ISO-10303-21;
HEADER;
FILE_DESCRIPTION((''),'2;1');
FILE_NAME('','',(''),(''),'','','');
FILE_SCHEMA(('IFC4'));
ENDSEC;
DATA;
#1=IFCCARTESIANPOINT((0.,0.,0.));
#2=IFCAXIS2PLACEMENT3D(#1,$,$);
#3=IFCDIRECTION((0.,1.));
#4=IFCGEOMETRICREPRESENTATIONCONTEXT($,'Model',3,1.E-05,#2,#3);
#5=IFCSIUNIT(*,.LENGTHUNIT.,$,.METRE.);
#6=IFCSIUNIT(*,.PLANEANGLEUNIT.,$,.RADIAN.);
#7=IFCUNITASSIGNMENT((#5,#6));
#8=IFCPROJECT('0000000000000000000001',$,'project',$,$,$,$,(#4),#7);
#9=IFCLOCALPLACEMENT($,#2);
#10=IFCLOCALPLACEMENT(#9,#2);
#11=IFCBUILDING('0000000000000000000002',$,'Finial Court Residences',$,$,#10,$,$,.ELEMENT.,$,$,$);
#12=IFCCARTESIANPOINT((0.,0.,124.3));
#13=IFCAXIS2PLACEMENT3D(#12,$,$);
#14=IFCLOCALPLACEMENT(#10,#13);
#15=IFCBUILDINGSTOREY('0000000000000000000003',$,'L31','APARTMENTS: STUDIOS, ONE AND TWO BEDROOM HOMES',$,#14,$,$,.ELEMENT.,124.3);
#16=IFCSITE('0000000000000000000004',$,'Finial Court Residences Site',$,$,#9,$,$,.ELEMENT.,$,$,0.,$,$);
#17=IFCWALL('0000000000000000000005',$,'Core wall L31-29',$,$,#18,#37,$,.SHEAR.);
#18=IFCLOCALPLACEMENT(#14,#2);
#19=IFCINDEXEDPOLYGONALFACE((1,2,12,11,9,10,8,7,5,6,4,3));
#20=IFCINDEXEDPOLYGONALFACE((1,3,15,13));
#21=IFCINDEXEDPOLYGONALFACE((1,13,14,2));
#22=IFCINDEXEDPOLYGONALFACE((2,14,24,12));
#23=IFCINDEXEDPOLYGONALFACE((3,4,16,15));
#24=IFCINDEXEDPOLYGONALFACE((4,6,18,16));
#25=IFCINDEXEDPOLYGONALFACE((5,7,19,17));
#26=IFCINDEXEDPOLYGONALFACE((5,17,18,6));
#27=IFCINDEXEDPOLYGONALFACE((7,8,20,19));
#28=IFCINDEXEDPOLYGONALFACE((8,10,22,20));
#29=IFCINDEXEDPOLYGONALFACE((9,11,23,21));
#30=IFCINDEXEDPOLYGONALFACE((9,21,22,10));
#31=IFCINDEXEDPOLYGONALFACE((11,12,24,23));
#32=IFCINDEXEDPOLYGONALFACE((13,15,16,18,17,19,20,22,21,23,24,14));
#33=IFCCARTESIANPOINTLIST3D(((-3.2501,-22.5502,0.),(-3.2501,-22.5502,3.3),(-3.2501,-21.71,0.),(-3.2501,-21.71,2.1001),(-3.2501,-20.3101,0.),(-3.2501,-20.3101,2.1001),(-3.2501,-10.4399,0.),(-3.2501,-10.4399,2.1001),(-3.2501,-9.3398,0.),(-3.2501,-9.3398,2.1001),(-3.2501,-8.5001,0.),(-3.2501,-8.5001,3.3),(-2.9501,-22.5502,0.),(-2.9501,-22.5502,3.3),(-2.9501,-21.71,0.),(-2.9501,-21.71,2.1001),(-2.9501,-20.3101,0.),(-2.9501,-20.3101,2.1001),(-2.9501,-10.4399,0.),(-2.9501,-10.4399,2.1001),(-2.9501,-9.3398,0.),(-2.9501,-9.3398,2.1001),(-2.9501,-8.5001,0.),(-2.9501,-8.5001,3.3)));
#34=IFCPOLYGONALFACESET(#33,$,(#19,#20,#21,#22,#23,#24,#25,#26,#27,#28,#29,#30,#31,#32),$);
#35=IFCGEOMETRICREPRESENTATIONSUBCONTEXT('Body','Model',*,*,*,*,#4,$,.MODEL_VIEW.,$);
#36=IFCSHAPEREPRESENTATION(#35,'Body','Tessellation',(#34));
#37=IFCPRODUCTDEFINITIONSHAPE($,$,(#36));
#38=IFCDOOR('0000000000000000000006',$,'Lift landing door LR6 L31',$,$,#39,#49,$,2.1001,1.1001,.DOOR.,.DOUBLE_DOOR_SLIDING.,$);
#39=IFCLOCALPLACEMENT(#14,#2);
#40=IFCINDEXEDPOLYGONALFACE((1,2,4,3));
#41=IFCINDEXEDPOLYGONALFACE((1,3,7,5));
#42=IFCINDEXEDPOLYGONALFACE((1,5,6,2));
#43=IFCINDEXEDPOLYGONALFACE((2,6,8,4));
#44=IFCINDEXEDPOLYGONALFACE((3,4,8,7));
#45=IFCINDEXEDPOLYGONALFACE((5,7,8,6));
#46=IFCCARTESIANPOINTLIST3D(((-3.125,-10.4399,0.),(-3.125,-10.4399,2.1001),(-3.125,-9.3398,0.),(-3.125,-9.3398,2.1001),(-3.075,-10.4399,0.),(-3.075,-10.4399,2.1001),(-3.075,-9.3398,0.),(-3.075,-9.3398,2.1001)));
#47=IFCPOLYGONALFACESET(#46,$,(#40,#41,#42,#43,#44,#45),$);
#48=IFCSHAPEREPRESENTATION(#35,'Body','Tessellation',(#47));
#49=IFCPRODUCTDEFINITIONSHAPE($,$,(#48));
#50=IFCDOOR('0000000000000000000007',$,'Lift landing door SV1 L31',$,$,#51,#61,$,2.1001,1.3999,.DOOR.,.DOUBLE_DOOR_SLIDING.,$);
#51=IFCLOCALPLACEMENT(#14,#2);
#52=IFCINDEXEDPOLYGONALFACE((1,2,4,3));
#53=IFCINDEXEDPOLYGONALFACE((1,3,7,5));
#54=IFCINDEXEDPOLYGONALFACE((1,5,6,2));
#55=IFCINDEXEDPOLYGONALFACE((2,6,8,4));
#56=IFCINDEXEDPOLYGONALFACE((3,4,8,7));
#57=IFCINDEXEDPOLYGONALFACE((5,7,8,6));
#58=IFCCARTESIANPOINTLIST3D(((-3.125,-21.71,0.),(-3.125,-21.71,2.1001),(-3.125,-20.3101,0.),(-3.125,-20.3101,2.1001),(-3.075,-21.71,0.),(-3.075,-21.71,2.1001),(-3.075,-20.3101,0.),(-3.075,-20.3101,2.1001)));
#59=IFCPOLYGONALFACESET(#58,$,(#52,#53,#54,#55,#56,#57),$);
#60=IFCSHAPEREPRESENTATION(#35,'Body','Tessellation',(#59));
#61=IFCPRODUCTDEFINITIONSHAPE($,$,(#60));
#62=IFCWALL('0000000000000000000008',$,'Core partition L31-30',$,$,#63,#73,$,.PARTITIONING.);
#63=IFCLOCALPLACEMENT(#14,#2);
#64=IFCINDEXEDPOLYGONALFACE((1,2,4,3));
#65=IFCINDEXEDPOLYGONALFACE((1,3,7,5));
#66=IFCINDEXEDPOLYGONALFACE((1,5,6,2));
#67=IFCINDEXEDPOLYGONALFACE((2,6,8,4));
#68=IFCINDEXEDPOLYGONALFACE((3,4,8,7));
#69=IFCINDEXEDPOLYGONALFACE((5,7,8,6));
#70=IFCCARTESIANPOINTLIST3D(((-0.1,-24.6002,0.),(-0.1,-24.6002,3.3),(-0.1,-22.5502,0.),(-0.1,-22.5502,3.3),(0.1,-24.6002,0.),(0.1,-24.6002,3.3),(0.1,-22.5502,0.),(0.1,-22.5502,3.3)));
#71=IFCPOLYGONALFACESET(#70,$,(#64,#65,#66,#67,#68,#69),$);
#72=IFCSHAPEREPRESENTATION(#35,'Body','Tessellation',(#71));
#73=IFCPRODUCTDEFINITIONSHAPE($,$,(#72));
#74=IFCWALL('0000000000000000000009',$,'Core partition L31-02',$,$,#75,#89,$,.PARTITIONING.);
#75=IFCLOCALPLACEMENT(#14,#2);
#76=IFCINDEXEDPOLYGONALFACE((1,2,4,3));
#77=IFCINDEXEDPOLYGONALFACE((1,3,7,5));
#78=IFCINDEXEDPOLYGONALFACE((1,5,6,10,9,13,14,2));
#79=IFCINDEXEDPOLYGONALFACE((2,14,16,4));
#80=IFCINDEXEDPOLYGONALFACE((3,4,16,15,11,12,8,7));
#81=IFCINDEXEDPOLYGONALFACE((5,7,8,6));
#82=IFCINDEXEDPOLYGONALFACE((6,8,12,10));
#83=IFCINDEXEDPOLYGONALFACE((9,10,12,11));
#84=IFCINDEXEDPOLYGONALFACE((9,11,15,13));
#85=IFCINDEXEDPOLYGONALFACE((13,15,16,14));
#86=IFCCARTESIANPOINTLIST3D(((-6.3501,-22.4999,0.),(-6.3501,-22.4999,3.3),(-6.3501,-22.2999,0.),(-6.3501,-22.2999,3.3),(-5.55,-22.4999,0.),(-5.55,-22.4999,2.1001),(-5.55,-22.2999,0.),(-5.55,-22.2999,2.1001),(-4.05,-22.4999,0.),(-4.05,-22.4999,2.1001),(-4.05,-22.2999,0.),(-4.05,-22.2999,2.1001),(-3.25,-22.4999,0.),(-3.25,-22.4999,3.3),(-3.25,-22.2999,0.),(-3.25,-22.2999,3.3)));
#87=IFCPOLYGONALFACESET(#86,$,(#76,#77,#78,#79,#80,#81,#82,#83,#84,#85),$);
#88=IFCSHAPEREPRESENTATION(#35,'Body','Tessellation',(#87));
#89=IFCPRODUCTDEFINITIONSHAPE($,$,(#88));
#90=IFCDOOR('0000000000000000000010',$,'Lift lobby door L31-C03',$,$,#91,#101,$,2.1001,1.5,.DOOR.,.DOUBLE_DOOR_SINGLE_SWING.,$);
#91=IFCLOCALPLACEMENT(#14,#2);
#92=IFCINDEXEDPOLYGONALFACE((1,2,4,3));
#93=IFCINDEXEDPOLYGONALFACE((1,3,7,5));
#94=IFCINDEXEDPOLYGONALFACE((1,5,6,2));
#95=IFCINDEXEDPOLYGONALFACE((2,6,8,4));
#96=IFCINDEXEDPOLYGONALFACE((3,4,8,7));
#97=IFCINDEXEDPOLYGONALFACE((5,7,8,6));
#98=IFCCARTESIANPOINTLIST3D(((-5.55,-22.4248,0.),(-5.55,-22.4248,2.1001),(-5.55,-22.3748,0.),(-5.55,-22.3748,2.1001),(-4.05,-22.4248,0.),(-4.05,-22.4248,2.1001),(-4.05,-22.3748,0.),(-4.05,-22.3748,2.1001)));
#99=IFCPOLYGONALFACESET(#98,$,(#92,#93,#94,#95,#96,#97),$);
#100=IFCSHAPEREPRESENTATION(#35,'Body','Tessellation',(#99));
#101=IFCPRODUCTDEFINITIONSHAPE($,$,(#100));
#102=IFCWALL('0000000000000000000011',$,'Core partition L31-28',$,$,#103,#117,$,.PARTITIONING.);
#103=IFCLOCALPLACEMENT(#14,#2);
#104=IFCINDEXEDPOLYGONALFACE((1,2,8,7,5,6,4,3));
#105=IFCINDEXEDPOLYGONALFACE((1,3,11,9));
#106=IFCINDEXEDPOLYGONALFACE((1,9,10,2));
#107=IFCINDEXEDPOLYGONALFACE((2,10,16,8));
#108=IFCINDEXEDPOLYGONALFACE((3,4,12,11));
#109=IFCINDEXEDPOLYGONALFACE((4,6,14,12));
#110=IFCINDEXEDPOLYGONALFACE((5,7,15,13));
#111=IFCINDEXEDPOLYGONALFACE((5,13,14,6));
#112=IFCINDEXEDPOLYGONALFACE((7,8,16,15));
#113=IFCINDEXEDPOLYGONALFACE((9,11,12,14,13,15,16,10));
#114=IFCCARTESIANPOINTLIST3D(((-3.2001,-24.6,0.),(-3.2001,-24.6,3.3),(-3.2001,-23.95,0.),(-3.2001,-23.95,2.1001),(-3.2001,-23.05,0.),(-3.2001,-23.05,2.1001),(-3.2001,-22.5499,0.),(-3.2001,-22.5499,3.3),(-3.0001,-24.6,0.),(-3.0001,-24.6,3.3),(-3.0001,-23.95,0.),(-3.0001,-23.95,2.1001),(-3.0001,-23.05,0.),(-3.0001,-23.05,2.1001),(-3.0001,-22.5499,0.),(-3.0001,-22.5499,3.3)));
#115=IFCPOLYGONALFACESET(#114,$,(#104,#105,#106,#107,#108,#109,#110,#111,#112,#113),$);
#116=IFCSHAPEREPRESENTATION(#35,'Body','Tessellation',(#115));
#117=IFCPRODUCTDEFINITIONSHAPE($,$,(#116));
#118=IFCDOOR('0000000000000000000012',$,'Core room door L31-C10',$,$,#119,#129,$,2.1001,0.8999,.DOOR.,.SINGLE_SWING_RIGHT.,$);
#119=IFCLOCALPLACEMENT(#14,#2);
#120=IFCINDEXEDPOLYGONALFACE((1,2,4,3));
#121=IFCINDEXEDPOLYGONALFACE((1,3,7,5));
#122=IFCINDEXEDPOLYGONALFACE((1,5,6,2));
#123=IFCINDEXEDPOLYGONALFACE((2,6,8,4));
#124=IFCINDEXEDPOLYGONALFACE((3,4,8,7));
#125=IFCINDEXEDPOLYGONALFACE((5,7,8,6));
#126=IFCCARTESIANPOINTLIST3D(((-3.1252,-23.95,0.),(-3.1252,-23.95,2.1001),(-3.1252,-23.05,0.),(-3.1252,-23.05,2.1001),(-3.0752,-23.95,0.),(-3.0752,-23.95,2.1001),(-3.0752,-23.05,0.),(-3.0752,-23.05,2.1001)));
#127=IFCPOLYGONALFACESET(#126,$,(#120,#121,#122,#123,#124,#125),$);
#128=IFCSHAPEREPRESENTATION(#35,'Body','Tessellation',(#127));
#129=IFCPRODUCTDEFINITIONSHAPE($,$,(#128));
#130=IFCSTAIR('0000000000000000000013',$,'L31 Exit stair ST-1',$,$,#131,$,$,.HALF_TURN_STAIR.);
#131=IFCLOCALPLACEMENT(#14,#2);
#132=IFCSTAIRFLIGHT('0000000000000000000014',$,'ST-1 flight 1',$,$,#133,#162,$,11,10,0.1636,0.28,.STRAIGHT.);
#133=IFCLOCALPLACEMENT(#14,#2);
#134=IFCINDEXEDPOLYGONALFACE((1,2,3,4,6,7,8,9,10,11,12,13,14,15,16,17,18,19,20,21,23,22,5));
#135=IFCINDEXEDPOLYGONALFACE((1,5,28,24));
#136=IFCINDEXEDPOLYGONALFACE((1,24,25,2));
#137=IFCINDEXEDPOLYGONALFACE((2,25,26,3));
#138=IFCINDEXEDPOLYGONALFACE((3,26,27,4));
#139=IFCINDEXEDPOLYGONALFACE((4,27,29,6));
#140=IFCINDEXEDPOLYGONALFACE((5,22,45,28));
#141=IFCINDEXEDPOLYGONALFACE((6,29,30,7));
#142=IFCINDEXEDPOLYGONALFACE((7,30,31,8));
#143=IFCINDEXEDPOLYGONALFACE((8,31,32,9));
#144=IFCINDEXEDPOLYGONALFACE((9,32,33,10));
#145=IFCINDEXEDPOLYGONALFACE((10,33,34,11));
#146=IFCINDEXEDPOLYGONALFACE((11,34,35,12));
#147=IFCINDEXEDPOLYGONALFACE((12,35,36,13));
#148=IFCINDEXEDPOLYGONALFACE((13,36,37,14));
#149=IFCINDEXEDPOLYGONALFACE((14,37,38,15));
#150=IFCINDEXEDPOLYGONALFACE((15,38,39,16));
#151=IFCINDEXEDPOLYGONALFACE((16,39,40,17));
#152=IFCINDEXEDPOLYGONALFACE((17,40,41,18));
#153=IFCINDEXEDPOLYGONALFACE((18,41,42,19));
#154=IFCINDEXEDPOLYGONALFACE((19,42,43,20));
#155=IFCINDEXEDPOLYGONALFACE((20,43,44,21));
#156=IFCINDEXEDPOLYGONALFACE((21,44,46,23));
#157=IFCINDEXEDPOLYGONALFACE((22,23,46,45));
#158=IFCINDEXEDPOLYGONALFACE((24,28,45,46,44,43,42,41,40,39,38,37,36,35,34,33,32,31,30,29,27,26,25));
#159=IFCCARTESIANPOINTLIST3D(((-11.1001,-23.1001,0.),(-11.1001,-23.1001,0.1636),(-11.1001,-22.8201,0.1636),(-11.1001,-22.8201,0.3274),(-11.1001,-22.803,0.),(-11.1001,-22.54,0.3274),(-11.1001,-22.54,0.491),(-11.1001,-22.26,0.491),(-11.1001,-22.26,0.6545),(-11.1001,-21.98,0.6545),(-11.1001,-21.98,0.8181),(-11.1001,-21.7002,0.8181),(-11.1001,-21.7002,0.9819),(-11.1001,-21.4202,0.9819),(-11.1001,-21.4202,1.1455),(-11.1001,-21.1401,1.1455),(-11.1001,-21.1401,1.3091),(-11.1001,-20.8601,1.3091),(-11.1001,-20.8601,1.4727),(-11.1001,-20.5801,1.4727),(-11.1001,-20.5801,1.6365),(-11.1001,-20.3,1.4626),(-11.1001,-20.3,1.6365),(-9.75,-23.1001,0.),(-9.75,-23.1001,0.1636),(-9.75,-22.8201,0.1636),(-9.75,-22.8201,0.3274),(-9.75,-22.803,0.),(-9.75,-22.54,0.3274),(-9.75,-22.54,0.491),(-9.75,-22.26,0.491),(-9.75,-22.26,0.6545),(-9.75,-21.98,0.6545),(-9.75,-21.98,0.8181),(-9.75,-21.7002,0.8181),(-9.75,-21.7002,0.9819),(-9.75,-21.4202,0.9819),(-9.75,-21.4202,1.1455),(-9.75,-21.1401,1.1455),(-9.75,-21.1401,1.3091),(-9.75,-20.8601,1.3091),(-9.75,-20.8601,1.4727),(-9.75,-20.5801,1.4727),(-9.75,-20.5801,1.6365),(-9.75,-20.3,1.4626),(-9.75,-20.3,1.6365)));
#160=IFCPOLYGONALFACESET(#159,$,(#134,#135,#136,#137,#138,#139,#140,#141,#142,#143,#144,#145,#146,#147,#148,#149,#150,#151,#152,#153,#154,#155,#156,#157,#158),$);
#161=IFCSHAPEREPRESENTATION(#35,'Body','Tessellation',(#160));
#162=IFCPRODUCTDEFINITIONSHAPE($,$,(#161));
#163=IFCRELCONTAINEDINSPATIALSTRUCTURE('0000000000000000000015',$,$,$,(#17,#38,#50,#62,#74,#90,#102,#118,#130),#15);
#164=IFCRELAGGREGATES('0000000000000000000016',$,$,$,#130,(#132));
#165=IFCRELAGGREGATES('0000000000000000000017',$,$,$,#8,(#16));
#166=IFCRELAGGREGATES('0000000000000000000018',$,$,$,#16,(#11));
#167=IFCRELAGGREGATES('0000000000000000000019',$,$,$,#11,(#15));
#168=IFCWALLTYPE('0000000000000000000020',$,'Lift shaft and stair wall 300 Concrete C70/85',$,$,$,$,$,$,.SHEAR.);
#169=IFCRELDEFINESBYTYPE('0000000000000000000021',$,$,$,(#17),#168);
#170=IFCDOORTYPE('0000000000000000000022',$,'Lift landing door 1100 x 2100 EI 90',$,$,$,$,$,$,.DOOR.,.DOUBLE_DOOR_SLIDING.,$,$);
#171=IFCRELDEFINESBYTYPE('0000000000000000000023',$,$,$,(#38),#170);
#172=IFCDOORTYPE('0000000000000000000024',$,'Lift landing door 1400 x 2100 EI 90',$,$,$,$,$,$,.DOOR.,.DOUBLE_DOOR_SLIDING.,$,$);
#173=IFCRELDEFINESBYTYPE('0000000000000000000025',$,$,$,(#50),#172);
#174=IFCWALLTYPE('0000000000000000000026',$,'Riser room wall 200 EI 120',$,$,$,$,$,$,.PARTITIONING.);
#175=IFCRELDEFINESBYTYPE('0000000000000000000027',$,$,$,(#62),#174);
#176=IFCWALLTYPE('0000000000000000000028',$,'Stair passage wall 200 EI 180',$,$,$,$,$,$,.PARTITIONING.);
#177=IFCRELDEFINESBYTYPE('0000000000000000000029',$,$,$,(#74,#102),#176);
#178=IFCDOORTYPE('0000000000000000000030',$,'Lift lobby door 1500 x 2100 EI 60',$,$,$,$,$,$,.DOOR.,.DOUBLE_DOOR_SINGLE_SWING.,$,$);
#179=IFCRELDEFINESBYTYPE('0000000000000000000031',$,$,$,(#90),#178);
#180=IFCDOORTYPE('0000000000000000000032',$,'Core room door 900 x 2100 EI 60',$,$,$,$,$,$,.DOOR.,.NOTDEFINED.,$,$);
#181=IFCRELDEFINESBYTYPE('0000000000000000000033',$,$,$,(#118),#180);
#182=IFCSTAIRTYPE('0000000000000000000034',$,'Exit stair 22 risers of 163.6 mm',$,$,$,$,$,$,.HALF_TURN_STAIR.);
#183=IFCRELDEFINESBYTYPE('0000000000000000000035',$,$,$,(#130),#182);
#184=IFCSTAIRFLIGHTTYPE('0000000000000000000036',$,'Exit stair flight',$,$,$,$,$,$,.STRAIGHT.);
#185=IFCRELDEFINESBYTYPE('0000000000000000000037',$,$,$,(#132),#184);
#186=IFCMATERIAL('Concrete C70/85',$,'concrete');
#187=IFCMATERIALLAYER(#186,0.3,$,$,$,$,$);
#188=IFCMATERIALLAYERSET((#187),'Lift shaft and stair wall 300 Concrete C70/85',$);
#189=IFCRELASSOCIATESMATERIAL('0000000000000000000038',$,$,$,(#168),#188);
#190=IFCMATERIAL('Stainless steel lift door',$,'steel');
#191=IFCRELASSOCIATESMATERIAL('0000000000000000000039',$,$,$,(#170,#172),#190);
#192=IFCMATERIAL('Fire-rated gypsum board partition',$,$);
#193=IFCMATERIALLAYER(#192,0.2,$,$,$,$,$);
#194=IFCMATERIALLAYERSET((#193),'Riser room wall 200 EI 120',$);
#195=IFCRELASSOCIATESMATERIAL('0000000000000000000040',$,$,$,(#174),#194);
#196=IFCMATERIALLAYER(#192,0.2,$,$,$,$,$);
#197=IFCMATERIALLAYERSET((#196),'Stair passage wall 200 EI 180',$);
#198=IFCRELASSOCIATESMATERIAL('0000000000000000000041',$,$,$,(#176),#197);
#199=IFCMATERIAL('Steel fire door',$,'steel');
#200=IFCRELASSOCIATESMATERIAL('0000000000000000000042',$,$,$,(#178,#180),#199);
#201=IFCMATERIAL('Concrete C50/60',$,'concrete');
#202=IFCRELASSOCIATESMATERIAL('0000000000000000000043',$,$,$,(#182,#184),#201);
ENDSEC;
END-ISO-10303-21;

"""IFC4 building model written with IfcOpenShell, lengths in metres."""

from ifc_helpers import new_model, si_unit, direction, frame, frame_2d, origin, place, context, subcontext, project, spatial, polyline, rectangle, outline, extrude, material, layer, layer_set, type_object, element, fill, aggregate, save


model = new_model("IFC4")

# Units and contexts
model_context = context("Model", 3, precision=1e-05, world=origin(), true_north=direction((0.0, 1.0)))
body_context = subcontext(model_context, "Body", "Model", "MODEL_VIEW")
ifc_project = project(units=[si_unit("LENGTHUNIT", "METRE"), si_unit("PLANEANGLEUNIT", "RADIAN")], contexts=[model_context])

# Site, building, storey
site_placement = place(None, origin())
site = spatial("IfcSite", under=ifc_project, at=site_placement, Name="Finial Court Residences Site", CompositionType="ELEMENT", RefElevation=0.0)
building_placement = place(site_placement, origin())
building = spatial("IfcBuilding", under=site, at=building_placement, Name="Finial Court Residences", CompositionType="ELEMENT")
storey_placement = place(building_placement, frame((0.0, 0.0, 124.3)))
storey = spatial("IfcBuildingStorey", under=building, at=storey_placement, Name="L31", Description="APARTMENTS: STUDIOS, ONE AND TWO BEDROOM HOMES", CompositionType="ELEMENT", Elevation=124.3)

# Shared definitions
ifc_material_1 = material(Name="Concrete C70/85", Category="concrete")
ifc_layer_1 = layer(ifc_material_1, 0.3)
ifc_layer_set_1 = layer_set([ifc_layer_1], Name="Lift shaft and stair wall 300 Concrete C70/85")
wall_type_1 = type_object("IfcWallType", Name="Lift shaft and stair wall 300 Concrete C70/85", PredefinedType="SHEAR", material=ifc_layer_set_1)

# Shared definitions
ifc_material_2 = material(Name="Steel fire door", Category="steel")

# Wall, openings, doors
ifc_material_3 = material(Name="Stainless steel lift door", Category="steel")
door_type_1 = type_object("IfcDoorType", Name="Lift landing door 1100 x 2100 EI 90", OperationType="DOUBLE_DOOR_SLIDING", PredefinedType="DOOR", material=ifc_material_3)
wall_1_placement = place(storey_placement, frame((-3.1001, -22.55, 0.0), z_axis=(0.0, 0.0, 1.0), x_axis=(0.0, 1.0, 0.0)))
wall_1 = element("IfcWall", 1, at=wall_1_placement, inside=storey, type_object=wall_type_1, Name="Core wall L31-29", PredefinedType="SHEAR", context=body_context, shape_type="SweptSolid", body=[
    extrude(rectangle(XDim=14.05, YDim=0.3, at=frame_2d((7.0249, 0.0))), origin(), (0.0, 0.0, 1.0), 3.3),
])
opening_1_placement = place(wall_1_placement, frame((12.1101, 0.0, 0.0)))
opening_1 = element("IfcOpeningElement", 2, at=opening_1_placement, cuts=wall_1, PredefinedType="OPENING", context=body_context, shape_type="SweptSolid", body=[
    extrude(rectangle(XDim=1.1001, YDim=2.1001, at=frame_2d((0.55, 1.05))), frame((0.0, 0.1599, 0.0), z_axis=(0.0, -1.0, 0.0), x_axis=(1.0, 0.0, 0.0)), (0.0, 0.0, 1.0), 0.3201),
])
opening_2_placement = place(wall_1_placement, frame((0.8401, 0.0, 0.0)))
opening_2 = element("IfcOpeningElement", 3, at=opening_2_placement, cuts=wall_1, PredefinedType="OPENING", context=body_context, shape_type="SweptSolid", body=[
    extrude(rectangle(XDim=1.3999, YDim=2.1001, at=frame_2d((0.7, 1.05))), frame((0.0, 0.1599, 0.0), z_axis=(0.0, -1.0, 0.0), x_axis=(1.0, 0.0, 0.0)), (0.0, 0.0, 1.0), 0.3201),
])
door_1_placement = place(opening_1_placement, origin())
door_1 = element("IfcDoor", 4, at=door_1_placement, inside=storey, type_object=door_type_1, Name="Lift landing door LR6 L31", OperationType="DOUBLE_DOOR_SLIDING", OverallHeight=2.1001, OverallWidth=1.1001, PredefinedType="DOOR", context=body_context, shape_type="SweptSolid", body=[
    extrude(rectangle(XDim=1.1001, YDim=2.1001, at=frame_2d((0.55, 1.05))), frame((0.0, 0.0249, 0.0), z_axis=(0.0, -1.0, 0.0), x_axis=(1.0, 0.0, 0.0)), (0.0, 0.0, 1.0), 0.05),
])
fill(opening_1, door_1)
door_type_2 = type_object("IfcDoorType", Name="Lift landing door 1400 x 2100 EI 90", OperationType="DOUBLE_DOOR_SLIDING", PredefinedType="DOOR", material=ifc_material_3)
door_2_placement = place(opening_2_placement, origin())
door_2 = element("IfcDoor", 5, at=door_2_placement, inside=storey, type_object=door_type_2, Name="Lift landing door SV1 L31", OperationType="DOUBLE_DOOR_SLIDING", OverallHeight=2.1001, OverallWidth=1.3999, PredefinedType="DOOR", context=body_context, shape_type="SweptSolid", body=[
    extrude(rectangle(XDim=1.3999, YDim=2.1001, at=frame_2d((0.7, 1.05))), frame((0.0, 0.0249, 0.0), z_axis=(0.0, -1.0, 0.0), x_axis=(1.0, 0.0, 0.0)), (0.0, 0.0, 1.0), 0.05),
])
fill(opening_2, door_2)

# Wall
ifc_material_4 = material(Name="Fire-rated gypsum board partition")
ifc_layer_2 = layer(ifc_material_4, 0.2)
ifc_layer_set_2 = layer_set([ifc_layer_2], Name="Riser room wall 200 EI 120")
wall_type_2 = type_object("IfcWallType", Name="Riser room wall 200 EI 120", PredefinedType="PARTITIONING", material=ifc_layer_set_2)
wall_2_placement = place(storey_placement, frame((0.0, -24.6001, 0.0), z_axis=(0.0, 0.0, 1.0), x_axis=(0.0, 1.0, 0.0)))
element("IfcWall", 6, at=wall_2_placement, inside=storey, type_object=wall_type_2, Name="Core partition L31-30", PredefinedType="PARTITIONING", context=body_context, shape_type="SweptSolid", body=[
    extrude(rectangle(XDim=2.05, YDim=0.2, at=frame_2d((1.0249, 0.0))), origin(), (0.0, 0.0, 1.0), 3.3),
])

# Walls, openings, doors
ifc_layer_3 = layer(ifc_material_4, 0.2)
ifc_layer_set_3 = layer_set([ifc_layer_3], Name="Stair passage wall 200 EI 180")
wall_type_3 = type_object("IfcWallType", Name="Stair passage wall 200 EI 180", PredefinedType="PARTITIONING", material=ifc_layer_set_3)
wall_3_placement = place(storey_placement, frame((-3.25, -22.3999, 0.0), z_axis=(0.0, 0.0, 1.0), x_axis=(-1.0, 0.0, 0.0)))
wall_3 = element("IfcWall", 7, at=wall_3_placement, inside=storey, type_object=wall_type_3, Name="Core partition L31-02", PredefinedType="PARTITIONING", context=body_context, shape_type="SweptSolid", body=[
    extrude(rectangle(XDim=3.1001, YDim=0.2, at=frame_2d((1.55, 0.0))), origin(), (0.0, 0.0, 1.0), 3.3),
])
opening_3_placement = place(wall_3_placement, frame((0.8, 0.0, 0.0)))
opening_3 = element("IfcOpeningElement", 8, at=opening_3_placement, cuts=wall_3, PredefinedType="OPENING", context=body_context, shape_type="SweptSolid", body=[
    extrude(rectangle(XDim=1.5, YDim=2.1001, at=frame_2d((0.75, 1.05))), frame((0.0, 0.1099, 0.0), z_axis=(0.0, -1.0, 0.0), x_axis=(1.0, 0.0, 0.0)), (0.0, 0.0, 1.0), 0.22),
])
door_type_3 = type_object("IfcDoorType", Name="Lift lobby door 1500 x 2100 EI 60", OperationType="DOUBLE_DOOR_SINGLE_SWING", PredefinedType="DOOR", material=ifc_material_2)
door_3_placement = place(opening_3_placement, origin())
door_3 = element("IfcDoor", 9, at=door_3_placement, inside=storey, type_object=door_type_3, Name="Lift lobby door L31-C03", OperationType="DOUBLE_DOOR_SINGLE_SWING", OverallHeight=2.1001, OverallWidth=1.5, PredefinedType="DOOR", context=body_context, shape_type="SweptSolid", body=[
    extrude(rectangle(XDim=1.5, YDim=2.1001, at=frame_2d((0.75, 1.05))), frame((0.0, 0.0249, 0.0), z_axis=(0.0, -1.0, 0.0), x_axis=(1.0, 0.0, 0.0)), (0.0, 0.0, 1.0), 0.05),
])
fill(opening_3, door_3)
wall_4_placement = place(storey_placement, frame((-3.1001, -22.55, 0.0), z_axis=(0.0, 0.0, 1.0), x_axis=(0.0, -1.0, 0.0)))
wall_4 = element("IfcWall", 10, at=wall_4_placement, inside=storey, type_object=wall_type_3, Name="Core partition L31-28", PredefinedType="PARTITIONING", context=body_context, shape_type="SweptSolid", body=[
    extrude(rectangle(XDim=2.05, YDim=0.2, at=frame_2d((1.0249, 0.0))), origin(), (0.0, 0.0, 1.0), 3.3),
])
opening_4_placement = place(wall_4_placement, frame((0.5, 0.0, 0.0)))
opening_4 = element("IfcOpeningElement", 11, at=opening_4_placement, cuts=wall_4, PredefinedType="OPENING", context=body_context, shape_type="SweptSolid", body=[
    extrude(rectangle(XDim=0.8999, YDim=2.1001, at=frame_2d((0.45, 1.05))), frame((0.0, 0.1099, 0.0), z_axis=(0.0, -1.0, 0.0), x_axis=(1.0, 0.0, 0.0)), (0.0, 0.0, 1.0), 0.22),
])
door_type_4 = type_object("IfcDoorType", Name="Core room door 900 x 2100 EI 60", OperationType="NOTDEFINED", PredefinedType="DOOR", material=ifc_material_2)
door_4_placement = place(opening_4_placement, origin())
door_4 = element("IfcDoor", 12, at=door_4_placement, inside=storey, type_object=door_type_4, Name="Core room door L31-C10", OperationType="SINGLE_SWING_RIGHT", OverallHeight=2.1001, OverallWidth=0.8999, PredefinedType="DOOR", context=body_context, shape_type="SweptSolid", body=[
    extrude(rectangle(XDim=0.8999, YDim=2.1001, at=frame_2d((0.45, 1.05))), frame((0.0, 0.0249, 0.0), z_axis=(0.0, -1.0, 0.0), x_axis=(1.0, 0.0, 0.0)), (0.0, 0.0, 1.0), 0.05),
])
fill(opening_4, door_4)

# Stair, stair flight
ifc_material_5 = material(Name="Concrete C50/60", Category="concrete")
stair_type = type_object("IfcStairType", Name="Exit stair 22 risers of 163.6 mm", PredefinedType="HALF_TURN_STAIR", material=ifc_material_5)
stair_placement = place(storey_placement, origin())
stair = element("IfcStair", 13, at=stair_placement, inside=storey, type_object=stair_type, Name="L31 Exit stair ST-1", PredefinedType="HALF_TURN_STAIR")
stair_flight_type = type_object("IfcStairFlightType", Name="Exit stair flight", PredefinedType="STRAIGHT", material=ifc_material_5)
stair_flight_placement = place(storey_placement, frame((-10.425, -23.1001, 0.0), z_axis=(0.0, 0.0, 1.0), x_axis=(0.0, 1.0, 0.0)))
stair_flight = element("IfcStairFlight", 14, at=stair_flight_placement, type_object=stair_flight_type, Name="ST-1 flight 1", NumberOfRisers=11, NumberOfTreads=10, PredefinedType="STRAIGHT", RiserHeight=0.1636, TreadLength=0.28, context=body_context, shape_type="SweptSolid", body=[
    extrude(outline(polyline([(0.0, 0.0), (0.0, 0.1636), (0.28, 0.1636), (0.28, 0.3274), (0.5601, 0.3274), (0.5601, 0.491), (0.8401, 0.491), (0.8401, 0.6545), (1.1201, 0.6545), (1.1201, 0.8181), (1.3999, 0.8181), (1.3999, 0.9819), (1.6799, 0.9819), (1.6799, 1.1455), (1.96, 1.1455), (1.96, 1.3091), (2.24, 1.3091), (2.24, 1.4727), (2.52, 1.4727), (2.52, 1.6365), (2.8, 1.6365), (2.8, 1.8), (2.8, 1.4626), (0.2971, 0.0), (0.0, 0.0)])), frame((0.0, 0.675, 0.0), z_axis=(0.0, -1.0, 0.0), x_axis=(1.0, 0.0, 0.0)), (0.0, 0.0, 1.0), 1.3501),
])
aggregate(stair, [stair_flight])

save(model, "model.ifc")
